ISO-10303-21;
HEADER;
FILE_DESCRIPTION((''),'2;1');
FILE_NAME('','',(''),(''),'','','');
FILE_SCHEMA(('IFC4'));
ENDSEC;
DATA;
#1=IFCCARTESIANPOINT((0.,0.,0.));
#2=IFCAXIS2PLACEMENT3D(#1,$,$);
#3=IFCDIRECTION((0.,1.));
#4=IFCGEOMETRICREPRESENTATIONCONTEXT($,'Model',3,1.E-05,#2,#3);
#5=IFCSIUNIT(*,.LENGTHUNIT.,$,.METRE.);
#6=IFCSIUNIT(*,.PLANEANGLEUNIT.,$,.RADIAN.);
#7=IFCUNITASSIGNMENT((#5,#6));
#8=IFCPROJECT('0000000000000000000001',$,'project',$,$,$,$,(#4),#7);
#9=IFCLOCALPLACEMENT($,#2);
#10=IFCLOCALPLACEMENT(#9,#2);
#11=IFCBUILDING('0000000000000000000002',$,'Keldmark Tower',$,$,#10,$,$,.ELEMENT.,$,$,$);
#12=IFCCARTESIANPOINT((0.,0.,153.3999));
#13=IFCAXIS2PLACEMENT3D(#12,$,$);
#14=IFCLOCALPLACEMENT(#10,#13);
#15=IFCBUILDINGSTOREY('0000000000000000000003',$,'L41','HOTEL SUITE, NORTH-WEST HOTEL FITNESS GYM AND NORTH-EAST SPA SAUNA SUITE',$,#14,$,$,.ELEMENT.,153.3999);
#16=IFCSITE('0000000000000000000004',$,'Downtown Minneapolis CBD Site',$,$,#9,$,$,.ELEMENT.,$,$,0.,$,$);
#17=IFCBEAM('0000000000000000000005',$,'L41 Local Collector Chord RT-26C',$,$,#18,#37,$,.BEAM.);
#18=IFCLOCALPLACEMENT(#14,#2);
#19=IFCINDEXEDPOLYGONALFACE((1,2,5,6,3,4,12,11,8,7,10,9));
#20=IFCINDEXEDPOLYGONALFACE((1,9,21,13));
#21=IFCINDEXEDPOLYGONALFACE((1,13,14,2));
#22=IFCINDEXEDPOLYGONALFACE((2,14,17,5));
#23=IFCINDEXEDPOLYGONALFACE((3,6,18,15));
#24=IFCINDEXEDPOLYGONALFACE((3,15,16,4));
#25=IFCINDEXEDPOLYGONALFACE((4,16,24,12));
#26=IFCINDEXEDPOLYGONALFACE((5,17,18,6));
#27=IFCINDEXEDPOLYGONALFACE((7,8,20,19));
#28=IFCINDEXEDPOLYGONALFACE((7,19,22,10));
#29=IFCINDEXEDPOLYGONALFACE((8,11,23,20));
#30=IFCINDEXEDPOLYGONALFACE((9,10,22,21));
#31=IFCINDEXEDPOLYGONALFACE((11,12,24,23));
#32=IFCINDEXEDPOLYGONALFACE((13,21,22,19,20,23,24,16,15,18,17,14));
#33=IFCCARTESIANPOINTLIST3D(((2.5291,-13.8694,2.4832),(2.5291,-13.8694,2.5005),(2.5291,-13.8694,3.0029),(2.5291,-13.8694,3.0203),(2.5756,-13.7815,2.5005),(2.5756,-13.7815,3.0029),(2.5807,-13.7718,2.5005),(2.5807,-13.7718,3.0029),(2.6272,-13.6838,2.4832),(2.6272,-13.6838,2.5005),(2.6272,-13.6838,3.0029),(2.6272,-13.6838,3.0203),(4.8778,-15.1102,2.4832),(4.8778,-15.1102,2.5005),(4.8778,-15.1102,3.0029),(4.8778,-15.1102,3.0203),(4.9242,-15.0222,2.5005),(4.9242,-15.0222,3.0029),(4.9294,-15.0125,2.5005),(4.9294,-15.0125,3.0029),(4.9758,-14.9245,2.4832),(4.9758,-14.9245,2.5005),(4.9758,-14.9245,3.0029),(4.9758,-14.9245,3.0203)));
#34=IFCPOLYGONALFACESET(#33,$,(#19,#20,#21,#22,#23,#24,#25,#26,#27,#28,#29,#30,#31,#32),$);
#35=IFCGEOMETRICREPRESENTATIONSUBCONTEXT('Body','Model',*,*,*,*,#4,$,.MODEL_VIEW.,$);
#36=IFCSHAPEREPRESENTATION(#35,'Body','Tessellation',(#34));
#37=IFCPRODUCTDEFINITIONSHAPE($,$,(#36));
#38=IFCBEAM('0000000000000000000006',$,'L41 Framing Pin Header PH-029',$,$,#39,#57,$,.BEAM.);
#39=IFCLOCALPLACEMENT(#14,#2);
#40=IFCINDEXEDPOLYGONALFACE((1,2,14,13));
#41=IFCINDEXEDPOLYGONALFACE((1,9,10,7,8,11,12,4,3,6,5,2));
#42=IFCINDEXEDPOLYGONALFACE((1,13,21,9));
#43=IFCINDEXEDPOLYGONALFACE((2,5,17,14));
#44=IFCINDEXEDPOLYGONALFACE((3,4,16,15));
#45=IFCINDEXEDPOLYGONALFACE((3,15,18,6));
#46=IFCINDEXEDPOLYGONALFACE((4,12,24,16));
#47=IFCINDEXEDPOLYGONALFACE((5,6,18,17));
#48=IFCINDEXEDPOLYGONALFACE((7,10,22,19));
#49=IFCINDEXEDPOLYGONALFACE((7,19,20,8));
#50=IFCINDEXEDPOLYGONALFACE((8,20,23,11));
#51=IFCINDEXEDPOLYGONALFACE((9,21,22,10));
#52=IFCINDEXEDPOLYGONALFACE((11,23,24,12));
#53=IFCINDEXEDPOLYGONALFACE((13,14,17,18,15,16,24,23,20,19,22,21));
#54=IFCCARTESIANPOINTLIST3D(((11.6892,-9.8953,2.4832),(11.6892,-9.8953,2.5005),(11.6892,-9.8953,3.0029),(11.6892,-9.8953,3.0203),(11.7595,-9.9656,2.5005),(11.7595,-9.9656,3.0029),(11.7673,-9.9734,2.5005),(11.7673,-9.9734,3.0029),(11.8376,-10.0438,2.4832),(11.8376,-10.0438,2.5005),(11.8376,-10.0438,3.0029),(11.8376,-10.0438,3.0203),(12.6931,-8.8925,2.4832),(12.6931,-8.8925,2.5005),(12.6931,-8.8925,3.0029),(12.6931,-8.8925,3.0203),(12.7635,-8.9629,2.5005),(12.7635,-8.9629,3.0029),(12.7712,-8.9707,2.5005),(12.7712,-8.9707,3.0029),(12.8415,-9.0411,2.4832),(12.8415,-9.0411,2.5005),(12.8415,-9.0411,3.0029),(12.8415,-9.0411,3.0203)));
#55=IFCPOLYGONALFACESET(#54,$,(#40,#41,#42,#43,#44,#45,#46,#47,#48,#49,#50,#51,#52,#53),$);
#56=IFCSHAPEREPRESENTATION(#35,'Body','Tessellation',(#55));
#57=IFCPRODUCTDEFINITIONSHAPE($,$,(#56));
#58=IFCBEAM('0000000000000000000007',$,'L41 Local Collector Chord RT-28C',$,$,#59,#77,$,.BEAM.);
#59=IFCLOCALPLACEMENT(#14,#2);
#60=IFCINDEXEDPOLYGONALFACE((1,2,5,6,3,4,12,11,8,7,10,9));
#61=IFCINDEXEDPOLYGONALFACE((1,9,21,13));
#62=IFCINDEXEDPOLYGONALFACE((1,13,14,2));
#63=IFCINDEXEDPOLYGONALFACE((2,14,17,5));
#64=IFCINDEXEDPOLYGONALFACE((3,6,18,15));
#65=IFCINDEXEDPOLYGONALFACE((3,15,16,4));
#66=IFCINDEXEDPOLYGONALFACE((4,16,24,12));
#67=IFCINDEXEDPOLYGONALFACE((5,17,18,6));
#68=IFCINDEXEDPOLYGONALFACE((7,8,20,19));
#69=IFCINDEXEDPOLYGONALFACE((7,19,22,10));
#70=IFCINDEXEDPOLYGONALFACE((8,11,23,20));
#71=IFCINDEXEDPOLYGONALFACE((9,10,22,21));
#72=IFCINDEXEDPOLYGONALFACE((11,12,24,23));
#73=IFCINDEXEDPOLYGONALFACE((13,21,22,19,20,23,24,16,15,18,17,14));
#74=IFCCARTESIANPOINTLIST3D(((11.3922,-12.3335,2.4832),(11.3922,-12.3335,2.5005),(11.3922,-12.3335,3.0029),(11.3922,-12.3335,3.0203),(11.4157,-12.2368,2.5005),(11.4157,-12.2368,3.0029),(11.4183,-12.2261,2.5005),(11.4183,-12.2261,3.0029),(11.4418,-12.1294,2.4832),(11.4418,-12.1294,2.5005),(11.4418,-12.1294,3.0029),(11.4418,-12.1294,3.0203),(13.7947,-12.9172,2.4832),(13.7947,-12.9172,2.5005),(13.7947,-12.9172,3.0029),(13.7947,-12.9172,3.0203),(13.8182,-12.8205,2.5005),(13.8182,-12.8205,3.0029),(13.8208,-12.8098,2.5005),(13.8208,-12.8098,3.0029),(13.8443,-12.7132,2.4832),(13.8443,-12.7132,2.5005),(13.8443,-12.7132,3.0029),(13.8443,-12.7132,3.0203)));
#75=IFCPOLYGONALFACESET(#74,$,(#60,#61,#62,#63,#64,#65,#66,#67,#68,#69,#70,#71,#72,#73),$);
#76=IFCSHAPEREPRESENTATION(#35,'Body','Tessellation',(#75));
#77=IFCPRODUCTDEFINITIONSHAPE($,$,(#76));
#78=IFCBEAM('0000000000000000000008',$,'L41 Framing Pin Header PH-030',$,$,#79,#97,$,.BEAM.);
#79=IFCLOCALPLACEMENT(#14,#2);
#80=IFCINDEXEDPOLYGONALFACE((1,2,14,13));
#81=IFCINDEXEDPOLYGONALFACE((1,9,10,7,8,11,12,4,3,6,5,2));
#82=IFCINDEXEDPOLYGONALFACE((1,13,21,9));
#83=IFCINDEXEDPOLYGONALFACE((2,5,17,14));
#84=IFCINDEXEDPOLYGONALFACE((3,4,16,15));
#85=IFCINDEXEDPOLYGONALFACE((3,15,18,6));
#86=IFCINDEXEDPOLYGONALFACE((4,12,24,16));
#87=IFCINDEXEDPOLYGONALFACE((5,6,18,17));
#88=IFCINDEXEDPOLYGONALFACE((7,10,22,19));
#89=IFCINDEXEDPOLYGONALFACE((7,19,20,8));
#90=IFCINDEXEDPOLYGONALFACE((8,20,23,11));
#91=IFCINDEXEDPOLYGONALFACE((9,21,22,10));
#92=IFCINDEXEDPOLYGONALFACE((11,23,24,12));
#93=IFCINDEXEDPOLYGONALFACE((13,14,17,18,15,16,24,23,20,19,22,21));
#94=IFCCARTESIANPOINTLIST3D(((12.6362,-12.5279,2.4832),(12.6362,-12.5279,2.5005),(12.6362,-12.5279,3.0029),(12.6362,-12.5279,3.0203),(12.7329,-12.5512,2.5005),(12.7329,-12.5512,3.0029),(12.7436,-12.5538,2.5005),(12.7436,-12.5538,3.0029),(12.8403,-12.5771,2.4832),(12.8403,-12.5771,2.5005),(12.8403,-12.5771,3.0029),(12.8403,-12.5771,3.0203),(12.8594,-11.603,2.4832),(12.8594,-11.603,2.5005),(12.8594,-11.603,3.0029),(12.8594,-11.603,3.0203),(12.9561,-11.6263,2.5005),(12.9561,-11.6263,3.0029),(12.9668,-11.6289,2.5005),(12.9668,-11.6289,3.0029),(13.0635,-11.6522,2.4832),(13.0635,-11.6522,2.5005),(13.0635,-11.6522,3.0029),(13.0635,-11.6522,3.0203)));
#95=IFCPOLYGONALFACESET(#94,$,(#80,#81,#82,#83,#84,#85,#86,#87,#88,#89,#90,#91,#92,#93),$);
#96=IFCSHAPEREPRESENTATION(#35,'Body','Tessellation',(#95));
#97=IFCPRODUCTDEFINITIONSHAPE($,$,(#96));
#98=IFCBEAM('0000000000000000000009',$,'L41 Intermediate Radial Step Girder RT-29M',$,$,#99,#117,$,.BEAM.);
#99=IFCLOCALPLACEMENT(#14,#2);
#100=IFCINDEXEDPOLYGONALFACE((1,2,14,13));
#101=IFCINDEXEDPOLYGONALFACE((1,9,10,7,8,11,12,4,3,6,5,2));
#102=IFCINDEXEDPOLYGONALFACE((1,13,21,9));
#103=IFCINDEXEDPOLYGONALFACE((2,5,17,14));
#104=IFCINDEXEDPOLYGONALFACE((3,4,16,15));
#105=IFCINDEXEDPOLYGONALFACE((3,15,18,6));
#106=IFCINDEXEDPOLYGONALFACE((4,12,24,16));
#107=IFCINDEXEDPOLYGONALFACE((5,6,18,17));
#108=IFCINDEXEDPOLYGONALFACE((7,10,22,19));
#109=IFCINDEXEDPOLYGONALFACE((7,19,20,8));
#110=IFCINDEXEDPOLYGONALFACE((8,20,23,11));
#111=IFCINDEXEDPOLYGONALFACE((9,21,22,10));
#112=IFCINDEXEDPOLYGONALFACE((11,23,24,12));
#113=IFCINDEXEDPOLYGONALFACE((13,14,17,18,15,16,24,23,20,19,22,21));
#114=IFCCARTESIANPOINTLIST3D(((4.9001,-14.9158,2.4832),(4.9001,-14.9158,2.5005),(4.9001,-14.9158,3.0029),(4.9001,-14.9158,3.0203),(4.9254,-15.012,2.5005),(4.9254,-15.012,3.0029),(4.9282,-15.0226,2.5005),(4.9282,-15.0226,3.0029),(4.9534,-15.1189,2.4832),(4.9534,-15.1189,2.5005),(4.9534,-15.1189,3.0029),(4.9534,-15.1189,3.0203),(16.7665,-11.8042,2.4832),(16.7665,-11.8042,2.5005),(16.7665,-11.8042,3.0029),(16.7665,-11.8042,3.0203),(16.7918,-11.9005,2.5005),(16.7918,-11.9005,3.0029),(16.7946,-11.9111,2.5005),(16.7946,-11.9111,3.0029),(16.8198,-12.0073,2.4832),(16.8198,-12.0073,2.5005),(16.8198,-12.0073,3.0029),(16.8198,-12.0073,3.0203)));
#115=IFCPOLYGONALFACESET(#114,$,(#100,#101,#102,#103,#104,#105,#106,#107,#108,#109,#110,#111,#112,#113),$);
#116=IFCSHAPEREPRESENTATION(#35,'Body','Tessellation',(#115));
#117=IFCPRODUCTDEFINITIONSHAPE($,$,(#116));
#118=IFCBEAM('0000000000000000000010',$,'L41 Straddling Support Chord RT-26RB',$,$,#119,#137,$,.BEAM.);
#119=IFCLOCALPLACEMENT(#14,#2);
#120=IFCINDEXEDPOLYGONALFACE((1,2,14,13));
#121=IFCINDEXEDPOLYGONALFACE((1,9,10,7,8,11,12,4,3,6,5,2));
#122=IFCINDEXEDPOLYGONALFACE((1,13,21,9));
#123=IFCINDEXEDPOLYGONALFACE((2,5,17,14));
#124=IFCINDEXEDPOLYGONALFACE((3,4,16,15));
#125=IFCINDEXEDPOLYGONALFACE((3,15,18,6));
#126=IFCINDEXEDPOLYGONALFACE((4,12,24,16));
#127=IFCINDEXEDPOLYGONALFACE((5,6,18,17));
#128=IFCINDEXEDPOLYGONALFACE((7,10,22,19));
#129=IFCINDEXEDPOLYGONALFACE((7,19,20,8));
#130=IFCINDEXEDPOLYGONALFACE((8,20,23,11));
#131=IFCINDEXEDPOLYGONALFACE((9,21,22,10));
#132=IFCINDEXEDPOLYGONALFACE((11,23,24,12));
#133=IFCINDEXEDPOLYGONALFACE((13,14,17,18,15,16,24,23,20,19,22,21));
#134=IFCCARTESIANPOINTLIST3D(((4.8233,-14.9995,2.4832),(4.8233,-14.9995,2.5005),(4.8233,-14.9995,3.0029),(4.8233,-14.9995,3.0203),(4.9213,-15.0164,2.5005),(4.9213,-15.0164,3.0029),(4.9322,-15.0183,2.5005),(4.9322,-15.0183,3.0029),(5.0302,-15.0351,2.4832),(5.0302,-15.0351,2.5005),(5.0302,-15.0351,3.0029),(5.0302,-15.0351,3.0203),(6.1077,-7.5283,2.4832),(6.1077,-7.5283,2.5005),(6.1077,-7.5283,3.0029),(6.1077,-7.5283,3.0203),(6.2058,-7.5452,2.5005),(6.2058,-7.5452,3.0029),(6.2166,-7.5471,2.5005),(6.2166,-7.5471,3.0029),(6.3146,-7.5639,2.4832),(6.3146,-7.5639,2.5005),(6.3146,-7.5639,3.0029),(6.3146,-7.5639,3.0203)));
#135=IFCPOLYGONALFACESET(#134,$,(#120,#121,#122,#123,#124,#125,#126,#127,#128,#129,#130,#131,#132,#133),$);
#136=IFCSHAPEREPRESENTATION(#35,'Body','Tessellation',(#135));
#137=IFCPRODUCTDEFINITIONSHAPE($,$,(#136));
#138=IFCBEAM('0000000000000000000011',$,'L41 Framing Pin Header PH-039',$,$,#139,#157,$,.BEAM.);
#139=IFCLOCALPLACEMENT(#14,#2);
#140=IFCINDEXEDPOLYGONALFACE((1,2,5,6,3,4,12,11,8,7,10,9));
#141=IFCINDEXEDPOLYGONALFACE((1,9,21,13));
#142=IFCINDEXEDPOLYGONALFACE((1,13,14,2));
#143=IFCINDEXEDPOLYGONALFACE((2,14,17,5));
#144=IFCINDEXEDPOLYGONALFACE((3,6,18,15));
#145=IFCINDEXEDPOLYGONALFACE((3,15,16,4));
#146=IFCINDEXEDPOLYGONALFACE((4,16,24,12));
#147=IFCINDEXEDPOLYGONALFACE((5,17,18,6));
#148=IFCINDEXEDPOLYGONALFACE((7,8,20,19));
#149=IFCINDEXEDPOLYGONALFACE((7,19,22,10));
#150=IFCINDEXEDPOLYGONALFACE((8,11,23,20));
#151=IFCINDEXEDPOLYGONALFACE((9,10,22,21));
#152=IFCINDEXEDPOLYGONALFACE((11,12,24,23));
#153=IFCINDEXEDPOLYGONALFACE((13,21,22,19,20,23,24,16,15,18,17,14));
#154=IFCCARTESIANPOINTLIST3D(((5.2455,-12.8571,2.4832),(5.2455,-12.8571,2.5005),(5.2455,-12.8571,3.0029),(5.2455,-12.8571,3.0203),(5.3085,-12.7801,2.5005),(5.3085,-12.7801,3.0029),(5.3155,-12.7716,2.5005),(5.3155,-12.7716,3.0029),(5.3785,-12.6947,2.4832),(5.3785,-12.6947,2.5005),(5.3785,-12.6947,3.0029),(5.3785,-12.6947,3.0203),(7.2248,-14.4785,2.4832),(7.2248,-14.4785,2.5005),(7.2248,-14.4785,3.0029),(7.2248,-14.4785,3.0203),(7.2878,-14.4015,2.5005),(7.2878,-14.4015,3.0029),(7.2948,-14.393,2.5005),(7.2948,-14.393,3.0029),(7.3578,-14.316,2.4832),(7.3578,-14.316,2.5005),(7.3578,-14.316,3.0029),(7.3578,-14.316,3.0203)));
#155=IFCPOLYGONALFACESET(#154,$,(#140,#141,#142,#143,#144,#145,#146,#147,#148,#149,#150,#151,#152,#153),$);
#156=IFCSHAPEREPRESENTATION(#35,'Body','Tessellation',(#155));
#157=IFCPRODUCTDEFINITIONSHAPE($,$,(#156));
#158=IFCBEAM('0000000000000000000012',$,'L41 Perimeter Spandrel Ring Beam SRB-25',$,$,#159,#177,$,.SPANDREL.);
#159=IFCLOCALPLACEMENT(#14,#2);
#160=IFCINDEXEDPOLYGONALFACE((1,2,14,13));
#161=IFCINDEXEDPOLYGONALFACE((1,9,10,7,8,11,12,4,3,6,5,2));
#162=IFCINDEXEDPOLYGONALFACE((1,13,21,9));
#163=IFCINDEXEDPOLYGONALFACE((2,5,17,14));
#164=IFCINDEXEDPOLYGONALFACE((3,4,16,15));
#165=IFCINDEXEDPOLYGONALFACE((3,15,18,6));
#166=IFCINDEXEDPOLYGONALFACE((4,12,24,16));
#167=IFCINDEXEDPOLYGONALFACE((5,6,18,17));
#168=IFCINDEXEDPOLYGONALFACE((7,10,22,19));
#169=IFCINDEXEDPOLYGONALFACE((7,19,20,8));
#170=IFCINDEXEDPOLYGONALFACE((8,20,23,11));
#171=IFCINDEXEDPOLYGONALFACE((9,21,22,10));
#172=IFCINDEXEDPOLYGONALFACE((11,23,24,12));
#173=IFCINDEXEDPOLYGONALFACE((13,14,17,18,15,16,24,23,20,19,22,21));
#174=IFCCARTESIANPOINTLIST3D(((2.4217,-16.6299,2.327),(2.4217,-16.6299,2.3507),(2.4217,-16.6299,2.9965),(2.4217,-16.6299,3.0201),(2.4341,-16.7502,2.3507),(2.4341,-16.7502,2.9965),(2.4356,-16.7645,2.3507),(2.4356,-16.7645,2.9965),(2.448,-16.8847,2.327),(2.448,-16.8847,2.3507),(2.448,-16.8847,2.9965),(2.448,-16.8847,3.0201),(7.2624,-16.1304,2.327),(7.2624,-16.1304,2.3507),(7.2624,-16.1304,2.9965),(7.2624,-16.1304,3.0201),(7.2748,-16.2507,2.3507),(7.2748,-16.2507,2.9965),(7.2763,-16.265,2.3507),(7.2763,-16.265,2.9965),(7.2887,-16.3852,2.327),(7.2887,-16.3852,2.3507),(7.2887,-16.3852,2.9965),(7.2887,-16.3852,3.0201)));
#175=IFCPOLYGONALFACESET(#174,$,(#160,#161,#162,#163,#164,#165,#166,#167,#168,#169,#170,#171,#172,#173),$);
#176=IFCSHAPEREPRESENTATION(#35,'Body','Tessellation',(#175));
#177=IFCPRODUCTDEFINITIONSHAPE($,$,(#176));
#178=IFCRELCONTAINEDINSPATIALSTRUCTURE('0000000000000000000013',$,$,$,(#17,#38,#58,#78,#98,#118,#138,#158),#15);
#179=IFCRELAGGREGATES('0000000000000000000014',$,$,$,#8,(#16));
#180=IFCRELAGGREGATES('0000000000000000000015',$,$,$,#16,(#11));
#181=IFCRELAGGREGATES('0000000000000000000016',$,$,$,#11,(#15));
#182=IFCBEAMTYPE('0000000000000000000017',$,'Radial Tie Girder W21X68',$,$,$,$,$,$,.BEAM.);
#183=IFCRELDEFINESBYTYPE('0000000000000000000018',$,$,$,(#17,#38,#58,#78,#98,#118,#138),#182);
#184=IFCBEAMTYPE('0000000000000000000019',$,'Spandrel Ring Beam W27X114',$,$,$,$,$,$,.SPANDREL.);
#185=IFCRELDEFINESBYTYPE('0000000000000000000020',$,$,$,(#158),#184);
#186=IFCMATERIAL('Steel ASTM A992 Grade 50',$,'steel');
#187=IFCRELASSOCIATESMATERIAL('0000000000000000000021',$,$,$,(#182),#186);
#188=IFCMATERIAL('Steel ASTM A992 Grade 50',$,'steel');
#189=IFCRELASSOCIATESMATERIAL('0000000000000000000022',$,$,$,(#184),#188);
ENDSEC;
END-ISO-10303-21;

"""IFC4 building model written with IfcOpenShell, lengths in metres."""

from ifc_helpers import new_model, si_unit, direction, frame, origin, origin_2d, place, context, subcontext, project, spatial, i_section, extrude, material, material_profile, profile_set, type_object, element, save


model = new_model("IFC4")

# Units and contexts
model_context = context("Model", 3, precision=1e-05, world=origin(), true_north=direction((0.0, 1.0)))
body_context = subcontext(model_context, "Body", "Model", "MODEL_VIEW")
ifc_project = project(units=[si_unit("LENGTHUNIT", "METRE"), si_unit("PLANEANGLEUNIT", "RADIAN")], contexts=[model_context])

# Site, building, storey
site_placement = place(None, origin())
site = spatial("IfcSite", under=ifc_project, at=site_placement, Name="Downtown Minneapolis CBD Site", CompositionType="ELEMENT", RefElevation=0.0)
building_placement = place(site_placement, origin())
building = spatial("IfcBuilding", under=site, at=building_placement, Name="Keldmark Tower", CompositionType="ELEMENT")
storey_placement = place(building_placement, frame((0.0, 0.0, 153.3999)))
storey = spatial("IfcBuildingStorey", under=building, at=storey_placement, Name="L41", Description="HOTEL SUITE, NORTH-WEST HOTEL FITNESS GYM AND NORTH-EAST SPA SAUNA SUITE", CompositionType="ELEMENT", Elevation=153.3999)

# Beams
ifc_material_1 = material(Name="Steel ASTM A992 Grade 50", Category="steel")
ifc_material_profile_1 = material_profile(ifc_material_1, i_section(OverallWidth=0.21, OverallDepth=0.5371, WebThickness=0.011, FlangeThickness=0.0173, at=origin_2d()), Name="W21X68")
ifc_profile_set_1 = profile_set([ifc_material_profile_1], Name="Steel ASTM A992 Grade 50")
beam_type_1 = type_object("IfcBeamType", Name="Radial Tie Girder W21X68", PredefinedType="BEAM", material=ifc_profile_set_1)
beam_1_placement = place(storey_placement, frame((2.5781, -13.7766, 2.7517), z_axis=(0.884203, -0.467102, 0.0), x_axis=(0.467102, 0.884203, 0.0)))
element("IfcBeam", 1, at=beam_1_placement, inside=storey, type_object=beam_type_1, Name="L41 Local Collector Chord RT-26C", PredefinedType="BEAM", context=body_context, shape_type="SweptSolid", body=[
    extrude(i_section(OverallWidth=0.21, OverallDepth=0.5371, WebThickness=0.011, FlangeThickness=0.0173, at=origin_2d()), origin(), (0.0, 0.0, 1.0), 2.6562),
])
beam_2_placement = place(storey_placement, frame((12.7673, -8.9668, 2.7517), z_axis=(-0.707537, -0.706676, 0.0), x_axis=(0.706676, -0.707537, 0.0)))
element("IfcBeam", 2, at=beam_2_placement, inside=storey, type_object=beam_type_1, Name="L41 Framing Pin Header PH-029", PredefinedType="BEAM", context=body_context, shape_type="SweptSolid", body=[
    extrude(i_section(OverallWidth=0.21, OverallDepth=0.5371, WebThickness=0.011, FlangeThickness=0.0173, at=origin_2d()), origin(), (0.0, 0.0, 1.0), 1.4189),
])
beam_3_placement = place(storey_placement, frame((11.417, -12.2314, 2.7517), z_axis=(0.97173, -0.236095, 0.0), x_axis=(0.236095, 0.97173, 0.0)))
element("IfcBeam", 3, at=beam_3_placement, inside=storey, type_object=beam_type_1, Name="L41 Local Collector Chord RT-28C", PredefinedType="BEAM", context=body_context, shape_type="SweptSolid", body=[
    extrude(i_section(OverallWidth=0.21, OverallDepth=0.5371, WebThickness=0.011, FlangeThickness=0.0173, at=origin_2d()), origin(), (0.0, 0.0, 1.0), 2.4724),
])
beam_4_placement = place(storey_placement, frame((12.7383, -12.5525, 2.7517), z_axis=(0.234557, 0.972102, 0.0), x_axis=(-0.972102, 0.234557, 0.0)))
element("IfcBeam", 4, at=beam_4_placement, inside=storey, type_object=beam_type_1, Name="L41 Framing Pin Header PH-030", PredefinedType="BEAM", context=body_context, shape_type="SweptSolid", body=[
    extrude(i_section(OverallWidth=0.21, OverallDepth=0.5371, WebThickness=0.011, FlangeThickness=0.0173, at=origin_2d()), origin(), (0.0, 0.0, 1.0), 0.9514),
])
beam_5_placement = place(storey_placement, frame((4.9268, -15.0173, 2.7517), z_axis=(0.967298, 0.253641, 0.0), x_axis=(-0.253641, 0.967298, 0.0)))
element("IfcBeam", 5, at=beam_5_placement, inside=storey, type_object=beam_type_1, Name="L41 Intermediate Radial Step Girder RT-29M", PredefinedType="BEAM", context=body_context, shape_type="SweptSolid", body=[
    extrude(i_section(OverallWidth=0.21, OverallDepth=0.5371, WebThickness=0.011, FlangeThickness=0.0173, at=origin_2d()), origin(), (0.0, 0.0, 1.0), 12.2676),
])
beam_6_placement = place(storey_placement, frame((4.9268, -15.0173, 2.7517), z_axis=(0.169431, 0.985542, 0.0), x_axis=(-0.985542, 0.169431, 0.0)))
element("IfcBeam", 6, at=beam_6_placement, inside=storey, type_object=beam_type_1, Name="L41 Straddling Support Chord RT-26RB", PredefinedType="BEAM", context=body_context, shape_type="SweptSolid", body=[
    extrude(i_section(OverallWidth=0.21, OverallDepth=0.5371, WebThickness=0.011, FlangeThickness=0.0173, at=origin_2d()), origin(), (0.0, 0.0, 1.0), 7.5808),
])
beam_7_placement = place(storey_placement, frame((5.312, -12.7759, 2.7517), z_axis=(0.773583, -0.633695, 0.0), x_axis=(0.633695, 0.773583, 0.0)))
element("IfcBeam", 7, at=beam_7_placement, inside=storey, type_object=beam_type_1, Name="L41 Framing Pin Header PH-039", PredefinedType="BEAM", context=body_context, shape_type="SweptSolid", body=[
    extrude(i_section(OverallWidth=0.21, OverallDepth=0.5371, WebThickness=0.011, FlangeThickness=0.0173, at=origin_2d()), origin(), (0.0, 0.0, 1.0), 2.5586),
])
ifc_material_2 = material(Name="Steel ASTM A992 Grade 50", Category="steel")
ifc_material_profile_2 = material_profile(ifc_material_2, i_section(OverallWidth=0.2561, OverallDepth=0.6931, WebThickness=0.0144, FlangeThickness=0.0237, at=origin_2d()), Name="W27X114")
ifc_profile_set_2 = profile_set([ifc_material_profile_2], Name="Steel ASTM A992 Grade 50")
beam_type_2 = type_object("IfcBeamType", Name="Spandrel Ring Beam W27X114", PredefinedType="SPANDREL", material=ifc_profile_set_2)
beam_8_placement = place(storey_placement, frame((2.4348, -16.7573, 2.6736), z_axis=(0.994718, 0.102642, 0.0), x_axis=(-0.102642, 0.994718, 0.0)))
element("IfcBeam", 8, at=beam_8_placement, inside=storey, type_object=beam_type_2, Name="L41 Perimeter Spandrel Ring Beam SRB-25", PredefinedType="SPANDREL", context=body_context, shape_type="SweptSolid", body=[
    extrude(i_section(OverallWidth=0.2561, OverallDepth=0.6931, WebThickness=0.0144, FlangeThickness=0.0237, at=origin_2d()), origin(), (0.0, 0.0, 1.0), 4.8665),
])

save(model, "model.ifc")
